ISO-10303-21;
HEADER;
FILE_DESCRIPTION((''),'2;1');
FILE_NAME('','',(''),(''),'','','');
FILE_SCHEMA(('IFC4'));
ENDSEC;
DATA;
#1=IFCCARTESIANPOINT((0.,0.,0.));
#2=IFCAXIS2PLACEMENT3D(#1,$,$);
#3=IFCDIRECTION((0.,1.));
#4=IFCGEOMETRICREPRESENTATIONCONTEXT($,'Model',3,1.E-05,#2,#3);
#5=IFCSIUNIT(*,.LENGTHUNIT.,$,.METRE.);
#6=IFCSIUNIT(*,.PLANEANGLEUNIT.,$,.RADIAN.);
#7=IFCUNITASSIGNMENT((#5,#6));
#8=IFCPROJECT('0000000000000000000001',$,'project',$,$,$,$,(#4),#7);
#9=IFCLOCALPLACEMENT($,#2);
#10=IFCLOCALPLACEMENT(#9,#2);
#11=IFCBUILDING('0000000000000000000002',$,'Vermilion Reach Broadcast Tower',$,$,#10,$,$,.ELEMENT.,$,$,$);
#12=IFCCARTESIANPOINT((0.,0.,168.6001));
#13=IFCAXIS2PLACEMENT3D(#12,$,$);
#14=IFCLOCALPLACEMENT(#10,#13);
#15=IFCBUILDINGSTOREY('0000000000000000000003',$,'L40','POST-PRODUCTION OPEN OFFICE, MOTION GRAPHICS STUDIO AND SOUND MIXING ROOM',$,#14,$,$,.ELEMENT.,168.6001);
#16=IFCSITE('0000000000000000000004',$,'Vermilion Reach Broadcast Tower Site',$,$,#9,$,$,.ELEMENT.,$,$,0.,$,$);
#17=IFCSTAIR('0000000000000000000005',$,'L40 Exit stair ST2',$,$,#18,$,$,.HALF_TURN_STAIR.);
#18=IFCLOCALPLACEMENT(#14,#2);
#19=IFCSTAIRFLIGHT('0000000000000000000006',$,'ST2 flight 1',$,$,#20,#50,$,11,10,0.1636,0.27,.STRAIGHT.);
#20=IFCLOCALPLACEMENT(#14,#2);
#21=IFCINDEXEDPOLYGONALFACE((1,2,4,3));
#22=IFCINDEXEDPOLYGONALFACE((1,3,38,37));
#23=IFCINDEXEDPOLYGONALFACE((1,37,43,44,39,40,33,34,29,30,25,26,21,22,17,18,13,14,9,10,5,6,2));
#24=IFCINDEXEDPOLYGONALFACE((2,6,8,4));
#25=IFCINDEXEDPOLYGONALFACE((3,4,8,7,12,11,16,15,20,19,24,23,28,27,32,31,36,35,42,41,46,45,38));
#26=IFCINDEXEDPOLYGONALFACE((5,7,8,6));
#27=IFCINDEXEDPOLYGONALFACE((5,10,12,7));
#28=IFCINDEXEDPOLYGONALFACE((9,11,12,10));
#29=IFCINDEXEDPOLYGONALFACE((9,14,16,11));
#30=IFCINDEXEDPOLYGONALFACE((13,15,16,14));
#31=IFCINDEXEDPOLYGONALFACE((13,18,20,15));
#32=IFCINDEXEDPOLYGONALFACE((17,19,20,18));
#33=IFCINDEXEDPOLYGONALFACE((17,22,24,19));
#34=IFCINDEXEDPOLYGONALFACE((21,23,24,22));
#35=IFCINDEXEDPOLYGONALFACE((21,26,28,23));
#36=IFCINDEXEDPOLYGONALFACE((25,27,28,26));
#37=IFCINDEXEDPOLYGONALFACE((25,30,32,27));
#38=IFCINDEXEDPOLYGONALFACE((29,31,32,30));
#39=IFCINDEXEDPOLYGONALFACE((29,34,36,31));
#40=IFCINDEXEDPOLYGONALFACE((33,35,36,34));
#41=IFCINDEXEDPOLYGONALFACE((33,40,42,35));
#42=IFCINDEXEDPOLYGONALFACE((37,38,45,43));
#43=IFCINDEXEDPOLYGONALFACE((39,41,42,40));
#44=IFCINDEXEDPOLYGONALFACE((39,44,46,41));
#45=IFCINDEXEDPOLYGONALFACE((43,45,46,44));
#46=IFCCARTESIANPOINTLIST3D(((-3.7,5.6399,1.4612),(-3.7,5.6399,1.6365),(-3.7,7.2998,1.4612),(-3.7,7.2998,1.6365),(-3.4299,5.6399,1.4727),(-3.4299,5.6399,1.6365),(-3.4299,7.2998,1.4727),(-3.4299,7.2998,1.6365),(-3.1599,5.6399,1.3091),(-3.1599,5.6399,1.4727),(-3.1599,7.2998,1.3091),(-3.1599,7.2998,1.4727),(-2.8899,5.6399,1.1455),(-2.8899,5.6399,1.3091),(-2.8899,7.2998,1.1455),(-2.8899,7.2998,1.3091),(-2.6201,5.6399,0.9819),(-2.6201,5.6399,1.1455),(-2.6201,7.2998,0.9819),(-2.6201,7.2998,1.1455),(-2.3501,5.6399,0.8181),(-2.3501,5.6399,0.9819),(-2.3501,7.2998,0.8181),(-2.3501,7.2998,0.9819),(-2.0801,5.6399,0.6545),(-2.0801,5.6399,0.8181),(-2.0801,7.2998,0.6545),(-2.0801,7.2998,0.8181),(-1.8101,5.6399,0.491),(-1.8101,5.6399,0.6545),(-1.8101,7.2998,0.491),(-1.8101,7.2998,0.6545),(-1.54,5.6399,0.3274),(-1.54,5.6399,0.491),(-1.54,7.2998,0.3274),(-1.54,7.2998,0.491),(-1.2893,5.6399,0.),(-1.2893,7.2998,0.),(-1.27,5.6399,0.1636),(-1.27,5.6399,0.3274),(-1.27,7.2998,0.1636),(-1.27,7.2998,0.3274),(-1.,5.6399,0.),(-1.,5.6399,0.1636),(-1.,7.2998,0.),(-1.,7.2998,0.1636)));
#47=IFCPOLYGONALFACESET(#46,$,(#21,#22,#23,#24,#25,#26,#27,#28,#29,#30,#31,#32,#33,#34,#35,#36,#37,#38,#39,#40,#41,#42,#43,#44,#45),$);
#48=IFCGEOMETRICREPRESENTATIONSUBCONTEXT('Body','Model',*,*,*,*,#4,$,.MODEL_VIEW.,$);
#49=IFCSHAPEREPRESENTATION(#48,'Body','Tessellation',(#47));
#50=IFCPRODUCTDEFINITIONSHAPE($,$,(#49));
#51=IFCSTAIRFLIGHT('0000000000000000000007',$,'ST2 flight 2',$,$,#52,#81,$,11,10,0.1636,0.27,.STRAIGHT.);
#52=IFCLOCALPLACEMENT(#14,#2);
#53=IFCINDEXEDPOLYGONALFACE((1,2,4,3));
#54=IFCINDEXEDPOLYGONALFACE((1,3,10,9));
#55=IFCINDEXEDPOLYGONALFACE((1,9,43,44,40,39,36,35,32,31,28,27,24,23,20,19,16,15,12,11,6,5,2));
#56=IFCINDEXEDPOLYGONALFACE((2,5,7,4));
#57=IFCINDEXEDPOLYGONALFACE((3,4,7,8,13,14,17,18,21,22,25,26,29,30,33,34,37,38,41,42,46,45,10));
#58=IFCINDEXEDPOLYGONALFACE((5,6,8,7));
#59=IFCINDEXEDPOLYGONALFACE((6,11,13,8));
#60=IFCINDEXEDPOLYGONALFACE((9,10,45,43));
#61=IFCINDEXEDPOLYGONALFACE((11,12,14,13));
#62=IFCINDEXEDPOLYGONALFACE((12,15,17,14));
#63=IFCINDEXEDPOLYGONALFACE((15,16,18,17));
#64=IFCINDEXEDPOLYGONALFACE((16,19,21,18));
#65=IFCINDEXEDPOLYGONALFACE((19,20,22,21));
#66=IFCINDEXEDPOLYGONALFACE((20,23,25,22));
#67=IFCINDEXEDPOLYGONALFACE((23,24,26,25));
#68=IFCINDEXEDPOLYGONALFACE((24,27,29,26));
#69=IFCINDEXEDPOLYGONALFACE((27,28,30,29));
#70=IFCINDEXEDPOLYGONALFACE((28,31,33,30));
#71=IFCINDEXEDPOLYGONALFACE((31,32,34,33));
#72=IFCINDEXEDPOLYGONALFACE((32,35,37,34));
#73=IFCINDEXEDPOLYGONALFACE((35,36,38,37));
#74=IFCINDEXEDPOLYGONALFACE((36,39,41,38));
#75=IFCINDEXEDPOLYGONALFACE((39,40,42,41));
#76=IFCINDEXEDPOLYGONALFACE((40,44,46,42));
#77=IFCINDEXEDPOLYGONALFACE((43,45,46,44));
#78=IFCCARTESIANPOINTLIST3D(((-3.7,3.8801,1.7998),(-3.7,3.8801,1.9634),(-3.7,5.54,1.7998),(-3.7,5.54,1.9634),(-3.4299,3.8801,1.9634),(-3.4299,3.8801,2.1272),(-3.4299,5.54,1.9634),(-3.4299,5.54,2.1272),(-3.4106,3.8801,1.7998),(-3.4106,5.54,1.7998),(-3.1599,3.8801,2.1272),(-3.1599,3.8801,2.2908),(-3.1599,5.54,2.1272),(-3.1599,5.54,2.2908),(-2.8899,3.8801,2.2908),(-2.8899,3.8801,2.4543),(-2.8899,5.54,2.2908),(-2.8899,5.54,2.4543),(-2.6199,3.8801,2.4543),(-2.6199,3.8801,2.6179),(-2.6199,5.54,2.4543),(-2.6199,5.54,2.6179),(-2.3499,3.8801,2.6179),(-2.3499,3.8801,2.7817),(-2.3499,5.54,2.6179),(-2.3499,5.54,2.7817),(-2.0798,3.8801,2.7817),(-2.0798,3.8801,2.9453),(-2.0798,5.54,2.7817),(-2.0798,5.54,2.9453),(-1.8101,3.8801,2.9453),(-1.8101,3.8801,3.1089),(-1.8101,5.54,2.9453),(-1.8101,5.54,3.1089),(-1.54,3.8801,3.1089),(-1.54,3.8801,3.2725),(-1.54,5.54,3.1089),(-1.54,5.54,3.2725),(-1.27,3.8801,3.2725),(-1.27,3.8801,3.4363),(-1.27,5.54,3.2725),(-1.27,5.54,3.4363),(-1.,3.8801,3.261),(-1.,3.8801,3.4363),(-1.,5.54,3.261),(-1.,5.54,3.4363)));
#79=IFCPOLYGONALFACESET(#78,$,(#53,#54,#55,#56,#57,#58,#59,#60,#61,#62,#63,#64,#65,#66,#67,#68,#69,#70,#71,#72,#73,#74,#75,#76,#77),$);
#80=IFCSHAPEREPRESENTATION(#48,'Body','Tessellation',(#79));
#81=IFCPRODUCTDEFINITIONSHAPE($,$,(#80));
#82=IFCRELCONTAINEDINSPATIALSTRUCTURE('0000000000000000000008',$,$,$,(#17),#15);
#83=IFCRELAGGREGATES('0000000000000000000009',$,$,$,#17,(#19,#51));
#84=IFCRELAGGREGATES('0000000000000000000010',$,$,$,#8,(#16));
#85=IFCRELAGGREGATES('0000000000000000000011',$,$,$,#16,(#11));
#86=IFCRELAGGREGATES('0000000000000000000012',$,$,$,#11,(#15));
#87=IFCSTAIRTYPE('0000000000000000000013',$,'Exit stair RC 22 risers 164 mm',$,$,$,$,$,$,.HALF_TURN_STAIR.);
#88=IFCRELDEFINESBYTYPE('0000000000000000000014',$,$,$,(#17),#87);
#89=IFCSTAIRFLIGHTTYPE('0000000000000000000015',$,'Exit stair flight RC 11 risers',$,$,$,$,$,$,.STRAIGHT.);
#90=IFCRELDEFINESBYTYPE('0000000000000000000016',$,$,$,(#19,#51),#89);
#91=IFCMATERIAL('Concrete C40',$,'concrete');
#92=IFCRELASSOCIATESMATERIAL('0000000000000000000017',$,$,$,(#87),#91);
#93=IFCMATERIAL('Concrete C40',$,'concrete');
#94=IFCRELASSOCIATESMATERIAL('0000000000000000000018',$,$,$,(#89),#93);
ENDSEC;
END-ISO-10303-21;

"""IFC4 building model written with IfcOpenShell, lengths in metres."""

from ifc_helpers import new_model, si_unit, direction, frame, origin, place, context, subcontext, project, spatial, polyline, outline, extrude, material, type_object, element, aggregate, save


model = new_model("IFC4")

# Units and contexts
model_context = context("Model", 3, precision=1e-05, world=origin(), true_north=direction((0.0, 1.0)))
body_context = subcontext(model_context, "Body", "Model", "MODEL_VIEW")
ifc_project = project(units=[si_unit("LENGTHUNIT", "METRE"), si_unit("PLANEANGLEUNIT", "RADIAN")], contexts=[model_context])

# Site, building, storey
site_placement = place(None, origin())
site = spatial("IfcSite", under=ifc_project, at=site_placement, Name="Vermilion Reach Broadcast Tower Site", CompositionType="ELEMENT", RefElevation=0.0)
building_placement = place(site_placement, origin())
building = spatial("IfcBuilding", under=site, at=building_placement, Name="Vermilion Reach Broadcast Tower", CompositionType="ELEMENT")
storey_placement = place(building_placement, frame((0.0, 0.0, 168.6001)))
storey = spatial("IfcBuildingStorey", under=building, at=storey_placement, Name="L40", Description="POST-PRODUCTION OPEN OFFICE, MOTION GRAPHICS STUDIO AND SOUND MIXING ROOM", CompositionType="ELEMENT", Elevation=168.6001)

# Stair
ifc_material_1 = material(Name="Concrete C40", Category="concrete")
stair_type = type_object("IfcStairType", Name="Exit stair RC 22 risers 164 mm", PredefinedType="HALF_TURN_STAIR", material=ifc_material_1)
placement_1 = place(storey_placement, origin())
stair_1 = element("IfcStair", 1, at=placement_1, inside=storey, type_object=stair_type, Name="L40 Exit stair ST2", PredefinedType="HALF_TURN_STAIR")

# Stair flights
ifc_material_2 = material(Name="Concrete C40", Category="concrete")
stair_flight_type = type_object("IfcStairFlightType", Name="Exit stair flight RC 11 risers", PredefinedType="STRAIGHT", material=ifc_material_2)
stair_flight_1_placement = place(storey_placement, frame((-1.0, 6.47, 0.0), z_axis=(0.0, 0.0, 1.0), x_axis=(-1.0, 0.0, 0.0)))
stair_flight_1 = element("IfcStairFlight", 2, at=stair_flight_1_placement, type_object=stair_flight_type, Name="ST2 flight 1", NumberOfRisers=11, NumberOfTreads=10, PredefinedType="STRAIGHT", RiserHeight=0.1636, TreadLength=0.27, context=body_context, shape_type="SweptSolid", body=[
    extrude(outline(polyline([(0.0, 0.0), (0.0, 0.1636), (0.27, 0.1636), (0.27, 0.3274), (0.54, 0.3274), (0.54, 0.491), (0.8101, 0.491), (0.8101, 0.6545), (1.0801, 0.6545), (1.0801, 0.8181), (1.3501, 0.8181), (1.3501, 0.9819), (1.6201, 0.9819), (1.6201, 1.1455), (1.8899, 1.1455), (1.8899, 1.3091), (2.1599, 1.3091), (2.1599, 1.4727), (2.4299, 1.4727), (2.4299, 1.6365), (2.7, 1.6365), (2.7, 1.8), (2.7, 1.4612), (0.2893, 0.0), (0.0, 0.0)])), frame((0.0, 0.8301, 0.0), z_axis=(0.0, -1.0, 0.0), x_axis=(1.0, 0.0, 0.0)), (0.0, 0.0, 1.0), 1.6599),
])
stair_flight_2_placement = place(storey_placement, frame((-3.7, 4.71, 1.7998), z_axis=(0.0, 0.0, 1.0), x_axis=(1.0, 0.0, 0.0)))
stair_flight_2 = element("IfcStairFlight", 3, at=stair_flight_2_placement, type_object=stair_flight_type, Name="ST2 flight 2", NumberOfRisers=11, NumberOfTreads=10, PredefinedType="STRAIGHT", RiserHeight=0.1636, TreadLength=0.27, context=body_context, shape_type="SweptSolid", body=[
    extrude(outline(polyline([(0.0, 0.0), (0.0, 0.1636), (0.27, 0.1636), (0.27, 0.3274), (0.54, 0.3274), (0.54, 0.491), (0.8101, 0.491), (0.8101, 0.6545), (1.0801, 0.6545), (1.0801, 0.8181), (1.3501, 0.8181), (1.3501, 0.9819), (1.6201, 0.9819), (1.6201, 1.1455), (1.8899, 1.1455), (1.8899, 1.3091), (2.1599, 1.3091), (2.1599, 1.4727), (2.4299, 1.4727), (2.4299, 1.6365), (2.7, 1.6365), (2.7, 1.8), (2.7, 1.4612), (0.2893, 0.0), (0.0, 0.0)])), frame((0.0, 0.8301, 0.0), z_axis=(0.0, -1.0, 0.0), x_axis=(1.0, 0.0, 0.0)), (0.0, 0.0, 1.0), 1.6599),
])
aggregate(stair_1, [stair_flight_1, stair_flight_2])

save(model, "model.ifc")
